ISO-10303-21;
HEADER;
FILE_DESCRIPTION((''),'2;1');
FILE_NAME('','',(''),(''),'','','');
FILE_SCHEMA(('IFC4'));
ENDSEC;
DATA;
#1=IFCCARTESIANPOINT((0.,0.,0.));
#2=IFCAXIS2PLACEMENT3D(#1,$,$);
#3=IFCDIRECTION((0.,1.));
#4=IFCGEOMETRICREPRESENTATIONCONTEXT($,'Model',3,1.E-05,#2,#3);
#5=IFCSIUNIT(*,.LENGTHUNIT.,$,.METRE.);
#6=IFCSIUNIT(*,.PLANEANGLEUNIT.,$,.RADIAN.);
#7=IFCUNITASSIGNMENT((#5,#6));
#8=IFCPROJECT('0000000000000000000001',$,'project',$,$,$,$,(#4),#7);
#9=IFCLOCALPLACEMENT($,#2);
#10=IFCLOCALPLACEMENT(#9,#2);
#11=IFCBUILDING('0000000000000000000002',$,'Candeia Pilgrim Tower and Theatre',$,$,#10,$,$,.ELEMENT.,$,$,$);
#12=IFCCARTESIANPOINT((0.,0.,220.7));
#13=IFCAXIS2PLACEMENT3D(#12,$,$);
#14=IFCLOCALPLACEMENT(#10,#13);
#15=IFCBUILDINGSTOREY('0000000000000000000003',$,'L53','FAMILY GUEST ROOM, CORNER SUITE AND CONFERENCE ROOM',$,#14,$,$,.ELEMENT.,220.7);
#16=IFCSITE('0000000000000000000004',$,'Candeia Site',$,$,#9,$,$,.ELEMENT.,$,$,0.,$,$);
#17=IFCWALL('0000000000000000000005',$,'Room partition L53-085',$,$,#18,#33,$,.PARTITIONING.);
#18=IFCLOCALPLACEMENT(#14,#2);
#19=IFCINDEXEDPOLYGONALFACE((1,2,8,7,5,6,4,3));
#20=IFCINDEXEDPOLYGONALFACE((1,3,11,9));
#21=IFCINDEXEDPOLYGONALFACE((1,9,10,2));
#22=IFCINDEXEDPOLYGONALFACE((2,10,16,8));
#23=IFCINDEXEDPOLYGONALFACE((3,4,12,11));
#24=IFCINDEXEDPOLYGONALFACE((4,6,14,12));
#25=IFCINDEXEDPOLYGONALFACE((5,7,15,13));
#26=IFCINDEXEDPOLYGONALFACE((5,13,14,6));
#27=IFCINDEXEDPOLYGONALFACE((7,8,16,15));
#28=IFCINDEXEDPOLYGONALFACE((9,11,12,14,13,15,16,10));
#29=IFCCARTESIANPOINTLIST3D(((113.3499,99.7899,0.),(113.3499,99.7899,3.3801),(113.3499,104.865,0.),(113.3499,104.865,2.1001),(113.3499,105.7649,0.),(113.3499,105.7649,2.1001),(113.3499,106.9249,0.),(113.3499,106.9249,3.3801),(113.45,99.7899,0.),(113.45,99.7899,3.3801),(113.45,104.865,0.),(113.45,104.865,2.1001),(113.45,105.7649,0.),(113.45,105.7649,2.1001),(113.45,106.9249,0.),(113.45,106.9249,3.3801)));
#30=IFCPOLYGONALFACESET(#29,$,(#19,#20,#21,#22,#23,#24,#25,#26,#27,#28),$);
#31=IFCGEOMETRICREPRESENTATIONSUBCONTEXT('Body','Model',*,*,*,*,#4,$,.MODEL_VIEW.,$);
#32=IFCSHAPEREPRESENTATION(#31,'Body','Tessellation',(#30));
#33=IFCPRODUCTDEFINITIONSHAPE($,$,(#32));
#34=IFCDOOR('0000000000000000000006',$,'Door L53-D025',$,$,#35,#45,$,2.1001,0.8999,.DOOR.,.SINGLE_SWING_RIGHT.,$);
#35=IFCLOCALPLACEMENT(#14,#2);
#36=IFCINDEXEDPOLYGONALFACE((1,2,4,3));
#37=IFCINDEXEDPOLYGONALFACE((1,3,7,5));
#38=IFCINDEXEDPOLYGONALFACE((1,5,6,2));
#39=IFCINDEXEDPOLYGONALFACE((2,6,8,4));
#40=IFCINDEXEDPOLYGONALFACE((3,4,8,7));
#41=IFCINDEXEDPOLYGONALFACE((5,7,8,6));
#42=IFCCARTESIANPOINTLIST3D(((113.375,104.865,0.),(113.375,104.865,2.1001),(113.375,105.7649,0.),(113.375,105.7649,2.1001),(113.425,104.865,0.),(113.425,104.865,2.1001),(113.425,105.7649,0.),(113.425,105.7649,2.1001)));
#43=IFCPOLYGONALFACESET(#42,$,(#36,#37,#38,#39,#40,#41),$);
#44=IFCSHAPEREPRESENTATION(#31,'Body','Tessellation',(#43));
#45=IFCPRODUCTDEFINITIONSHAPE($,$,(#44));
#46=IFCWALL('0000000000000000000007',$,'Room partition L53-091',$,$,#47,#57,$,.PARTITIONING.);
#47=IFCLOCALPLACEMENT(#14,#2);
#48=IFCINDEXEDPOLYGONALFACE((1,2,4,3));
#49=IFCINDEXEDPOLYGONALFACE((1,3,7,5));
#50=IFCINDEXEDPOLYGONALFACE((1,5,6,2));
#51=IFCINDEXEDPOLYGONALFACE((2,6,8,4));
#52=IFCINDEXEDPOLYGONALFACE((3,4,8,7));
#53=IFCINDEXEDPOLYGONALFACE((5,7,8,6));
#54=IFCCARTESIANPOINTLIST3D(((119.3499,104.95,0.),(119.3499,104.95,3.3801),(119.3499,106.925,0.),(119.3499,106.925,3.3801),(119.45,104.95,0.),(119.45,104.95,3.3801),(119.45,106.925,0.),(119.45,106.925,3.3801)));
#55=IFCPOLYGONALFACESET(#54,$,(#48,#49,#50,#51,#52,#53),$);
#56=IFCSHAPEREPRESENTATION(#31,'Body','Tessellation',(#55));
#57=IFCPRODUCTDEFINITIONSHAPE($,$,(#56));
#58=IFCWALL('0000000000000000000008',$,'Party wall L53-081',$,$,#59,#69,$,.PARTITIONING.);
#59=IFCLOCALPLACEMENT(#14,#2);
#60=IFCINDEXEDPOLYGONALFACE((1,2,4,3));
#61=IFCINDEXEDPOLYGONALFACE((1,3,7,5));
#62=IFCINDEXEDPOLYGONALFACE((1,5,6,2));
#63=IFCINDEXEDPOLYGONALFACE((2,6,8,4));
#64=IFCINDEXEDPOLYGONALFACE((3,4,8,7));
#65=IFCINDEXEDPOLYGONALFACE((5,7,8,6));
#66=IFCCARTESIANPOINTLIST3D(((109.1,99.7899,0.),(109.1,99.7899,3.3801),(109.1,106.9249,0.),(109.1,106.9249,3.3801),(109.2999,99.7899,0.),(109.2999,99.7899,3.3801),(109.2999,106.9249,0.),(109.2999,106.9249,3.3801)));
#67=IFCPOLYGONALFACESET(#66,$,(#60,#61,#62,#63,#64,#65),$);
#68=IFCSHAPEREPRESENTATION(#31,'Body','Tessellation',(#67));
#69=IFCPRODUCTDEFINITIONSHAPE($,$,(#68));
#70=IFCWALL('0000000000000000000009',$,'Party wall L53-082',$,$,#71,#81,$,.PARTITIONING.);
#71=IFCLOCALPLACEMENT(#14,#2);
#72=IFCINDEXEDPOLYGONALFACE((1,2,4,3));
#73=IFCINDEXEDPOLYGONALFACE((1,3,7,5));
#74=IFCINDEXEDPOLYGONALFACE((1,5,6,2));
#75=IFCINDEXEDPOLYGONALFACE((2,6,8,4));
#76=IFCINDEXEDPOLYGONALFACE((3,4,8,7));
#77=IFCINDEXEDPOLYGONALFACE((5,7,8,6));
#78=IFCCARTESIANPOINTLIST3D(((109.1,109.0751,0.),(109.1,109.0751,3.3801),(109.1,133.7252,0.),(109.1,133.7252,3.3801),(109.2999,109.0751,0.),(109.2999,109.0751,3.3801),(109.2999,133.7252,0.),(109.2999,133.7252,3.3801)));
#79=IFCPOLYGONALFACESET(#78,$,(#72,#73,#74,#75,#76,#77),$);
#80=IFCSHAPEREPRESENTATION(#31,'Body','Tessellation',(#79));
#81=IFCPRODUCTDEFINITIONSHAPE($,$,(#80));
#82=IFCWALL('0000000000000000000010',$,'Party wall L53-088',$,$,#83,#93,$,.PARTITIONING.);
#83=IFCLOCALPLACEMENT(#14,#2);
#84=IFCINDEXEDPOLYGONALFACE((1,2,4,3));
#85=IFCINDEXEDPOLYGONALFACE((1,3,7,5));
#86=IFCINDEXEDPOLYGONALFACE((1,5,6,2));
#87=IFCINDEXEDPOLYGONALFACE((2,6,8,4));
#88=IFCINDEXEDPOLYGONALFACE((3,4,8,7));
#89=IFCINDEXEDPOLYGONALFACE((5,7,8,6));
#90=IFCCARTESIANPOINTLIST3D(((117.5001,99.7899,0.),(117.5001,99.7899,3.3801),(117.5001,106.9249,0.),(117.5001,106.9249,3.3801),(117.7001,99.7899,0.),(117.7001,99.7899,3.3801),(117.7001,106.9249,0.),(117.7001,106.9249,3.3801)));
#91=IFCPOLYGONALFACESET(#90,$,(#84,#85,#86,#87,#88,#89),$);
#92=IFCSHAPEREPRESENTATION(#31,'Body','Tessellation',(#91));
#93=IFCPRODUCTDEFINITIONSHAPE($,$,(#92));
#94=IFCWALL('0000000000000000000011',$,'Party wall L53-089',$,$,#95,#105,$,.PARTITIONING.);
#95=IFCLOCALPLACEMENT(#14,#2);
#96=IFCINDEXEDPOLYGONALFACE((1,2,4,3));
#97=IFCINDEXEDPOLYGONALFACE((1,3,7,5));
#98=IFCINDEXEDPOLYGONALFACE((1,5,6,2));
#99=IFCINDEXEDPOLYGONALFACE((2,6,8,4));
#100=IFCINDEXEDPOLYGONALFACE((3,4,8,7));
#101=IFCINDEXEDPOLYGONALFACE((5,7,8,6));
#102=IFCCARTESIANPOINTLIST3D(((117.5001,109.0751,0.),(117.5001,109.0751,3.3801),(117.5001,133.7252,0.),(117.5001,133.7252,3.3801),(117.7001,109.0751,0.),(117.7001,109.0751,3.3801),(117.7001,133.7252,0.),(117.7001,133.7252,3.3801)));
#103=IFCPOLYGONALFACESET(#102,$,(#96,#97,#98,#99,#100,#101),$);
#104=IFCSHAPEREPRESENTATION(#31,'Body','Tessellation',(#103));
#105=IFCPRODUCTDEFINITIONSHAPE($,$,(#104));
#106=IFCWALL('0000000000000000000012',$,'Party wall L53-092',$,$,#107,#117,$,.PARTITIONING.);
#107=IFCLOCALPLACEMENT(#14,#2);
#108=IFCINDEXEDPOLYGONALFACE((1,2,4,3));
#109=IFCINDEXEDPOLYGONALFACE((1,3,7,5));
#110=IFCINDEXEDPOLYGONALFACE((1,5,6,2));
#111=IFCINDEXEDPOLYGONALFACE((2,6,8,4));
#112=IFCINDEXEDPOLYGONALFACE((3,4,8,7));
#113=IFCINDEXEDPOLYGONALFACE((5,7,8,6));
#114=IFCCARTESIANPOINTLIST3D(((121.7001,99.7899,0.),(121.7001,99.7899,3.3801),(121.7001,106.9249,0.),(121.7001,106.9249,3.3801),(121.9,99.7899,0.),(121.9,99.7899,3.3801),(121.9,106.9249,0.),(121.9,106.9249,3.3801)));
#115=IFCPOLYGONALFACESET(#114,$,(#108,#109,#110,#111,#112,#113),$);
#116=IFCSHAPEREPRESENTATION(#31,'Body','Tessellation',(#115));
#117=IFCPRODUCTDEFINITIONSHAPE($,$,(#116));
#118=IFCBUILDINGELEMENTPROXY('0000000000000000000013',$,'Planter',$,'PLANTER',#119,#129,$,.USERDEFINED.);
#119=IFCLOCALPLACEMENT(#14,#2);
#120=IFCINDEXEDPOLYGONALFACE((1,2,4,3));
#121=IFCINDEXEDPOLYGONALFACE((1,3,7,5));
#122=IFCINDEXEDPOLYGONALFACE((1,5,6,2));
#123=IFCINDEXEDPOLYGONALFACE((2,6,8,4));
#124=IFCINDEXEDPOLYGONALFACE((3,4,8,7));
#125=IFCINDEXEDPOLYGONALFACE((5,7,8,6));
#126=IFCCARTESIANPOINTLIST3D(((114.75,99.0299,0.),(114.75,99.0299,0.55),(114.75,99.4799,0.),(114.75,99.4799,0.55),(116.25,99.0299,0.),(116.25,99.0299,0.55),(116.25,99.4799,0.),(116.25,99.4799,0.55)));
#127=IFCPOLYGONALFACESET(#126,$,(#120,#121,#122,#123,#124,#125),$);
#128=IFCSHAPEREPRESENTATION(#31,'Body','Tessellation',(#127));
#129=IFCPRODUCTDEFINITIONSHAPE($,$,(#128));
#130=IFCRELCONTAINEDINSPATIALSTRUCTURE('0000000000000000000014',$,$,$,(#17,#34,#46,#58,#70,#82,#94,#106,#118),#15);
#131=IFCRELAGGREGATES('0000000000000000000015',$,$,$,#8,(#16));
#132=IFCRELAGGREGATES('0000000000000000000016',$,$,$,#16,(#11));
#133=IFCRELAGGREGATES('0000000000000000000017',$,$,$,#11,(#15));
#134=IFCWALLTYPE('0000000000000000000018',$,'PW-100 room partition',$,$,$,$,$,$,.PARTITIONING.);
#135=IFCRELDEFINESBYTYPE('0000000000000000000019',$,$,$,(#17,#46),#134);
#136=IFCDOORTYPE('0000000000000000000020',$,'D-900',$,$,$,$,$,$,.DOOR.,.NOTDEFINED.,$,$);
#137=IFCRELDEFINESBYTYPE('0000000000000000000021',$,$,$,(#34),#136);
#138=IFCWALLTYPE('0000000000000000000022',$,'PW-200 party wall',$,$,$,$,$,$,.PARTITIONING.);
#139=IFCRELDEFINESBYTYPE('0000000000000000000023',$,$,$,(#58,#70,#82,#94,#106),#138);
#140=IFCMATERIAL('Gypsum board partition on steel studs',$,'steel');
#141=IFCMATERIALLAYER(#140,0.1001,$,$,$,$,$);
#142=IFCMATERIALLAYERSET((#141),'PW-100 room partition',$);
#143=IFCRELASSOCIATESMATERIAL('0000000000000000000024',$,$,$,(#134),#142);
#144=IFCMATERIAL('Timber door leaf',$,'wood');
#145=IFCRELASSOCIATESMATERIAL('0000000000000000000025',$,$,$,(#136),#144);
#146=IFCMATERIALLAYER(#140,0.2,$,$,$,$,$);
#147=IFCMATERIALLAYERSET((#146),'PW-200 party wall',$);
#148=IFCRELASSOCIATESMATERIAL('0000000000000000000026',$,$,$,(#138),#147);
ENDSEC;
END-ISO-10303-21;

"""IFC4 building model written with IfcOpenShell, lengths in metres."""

from ifc_helpers import new_model, si_unit, direction, frame, frame_2d, origin, origin_2d, place, context, subcontext, project, spatial, rectangle, extrude, material, layer, layer_set, type_object, element, fill, save


model = new_model("IFC4")

# Units and contexts
model_context = context("Model", 3, precision=1e-05, world=origin(), true_north=direction((0.0, 1.0)))
body_context = subcontext(model_context, "Body", "Model", "MODEL_VIEW")
ifc_project = project(units=[si_unit("LENGTHUNIT", "METRE"), si_unit("PLANEANGLEUNIT", "RADIAN")], contexts=[model_context])

# Site, building, storey
site_placement = place(None, origin())
site = spatial("IfcSite", under=ifc_project, at=site_placement, Name="Candeia Site", CompositionType="ELEMENT", RefElevation=0.0)
building_placement = place(site_placement, origin())
building = spatial("IfcBuilding", under=site, at=building_placement, Name="Candeia Pilgrim Tower and Theatre", CompositionType="ELEMENT")
storey_placement = place(building_placement, frame((0.0, 0.0, 220.7)))
storey = spatial("IfcBuildingStorey", under=building, at=storey_placement, Name="L53", Description="FAMILY GUEST ROOM, CORNER SUITE AND CONFERENCE ROOM", CompositionType="ELEMENT", Elevation=220.7)

# Shared definitions
ifc_material_1 = material(Name="Gypsum board partition on steel studs", Category="steel")
ifc_layer_1 = layer(ifc_material_1, 0.1001)
ifc_layer_set_1 = layer_set([ifc_layer_1], Name="PW-100 room partition")
wall_type_1 = type_object("IfcWallType", Name="PW-100 room partition", PredefinedType="PARTITIONING", material=ifc_layer_set_1)
ifc_material_2 = material(Name="Timber door leaf", Category="wood")

# Wall, opening, door
wall_1_placement = place(storey_placement, frame((113.3999, 99.79, 0.0), z_axis=(0.0, 0.0, 1.0), x_axis=(0.0, 1.0, 0.0)))
wall_1 = element("IfcWall", 1, at=wall_1_placement, inside=storey, type_object=wall_type_1, Name="Room partition L53-085", PredefinedType="PARTITIONING", context=body_context, shape_type="SweptSolid", body=[
    extrude(rectangle(XDim=7.135, YDim=0.1001, at=frame_2d((3.5674, 0.0))), origin(), (0.0, 0.0, 1.0), 3.3801),
])
opening_1_placement = place(wall_1_placement, frame((5.075, 0.0, 0.0)))
opening_1 = element("IfcOpeningElement", 2, at=opening_1_placement, cuts=wall_1, PredefinedType="OPENING", context=body_context, shape_type="SweptSolid", body=[
    extrude(rectangle(XDim=0.8999, YDim=2.1001, at=frame_2d((0.45, 1.05))), frame((0.0, 0.0601, 0.0), z_axis=(0.0, -1.0, 0.0), x_axis=(1.0, 0.0, 0.0)), (0.0, 0.0, 1.0), 0.1201),
])
door_type_1 = type_object("IfcDoorType", Name="D-900", OperationType="NOTDEFINED", PredefinedType="DOOR", material=ifc_material_2)
door_1_placement = place(opening_1_placement, origin())
door_1 = element("IfcDoor", 3, at=door_1_placement, inside=storey, type_object=door_type_1, Name="Door L53-D025", OperationType="SINGLE_SWING_RIGHT", OverallHeight=2.1001, OverallWidth=0.8999, PredefinedType="DOOR", context=body_context, shape_type="SweptSolid", body=[
    extrude(rectangle(XDim=0.8999, YDim=2.1001, at=frame_2d((0.45, 1.05))), frame((0.0, 0.0249, 0.0), z_axis=(0.0, -1.0, 0.0), x_axis=(1.0, 0.0, 0.0)), (0.0, 0.0, 1.0), 0.05),
])
fill(opening_1, door_1)

# Walls
wall_2_placement = place(storey_placement, frame((119.3999, 104.95, 0.0), z_axis=(0.0, 0.0, 1.0), x_axis=(0.0, 1.0, 0.0)))
element("IfcWall", 4, at=wall_2_placement, inside=storey, type_object=wall_type_1, Name="Room partition L53-091", PredefinedType="PARTITIONING", context=body_context, shape_type="SweptSolid", body=[
    extrude(rectangle(XDim=1.9751, YDim=0.1001, at=frame_2d((0.9875, 0.0))), origin(), (0.0, 0.0, 1.0), 3.3801),
])
ifc_layer_2 = layer(ifc_material_1, 0.2)
ifc_layer_set_2 = layer_set([ifc_layer_2], Name="PW-200 party wall")
wall_type_2 = type_object("IfcWallType", Name="PW-200 party wall", PredefinedType="PARTITIONING", material=ifc_layer_set_2)
wall_3_placement = place(storey_placement, frame((109.2, 99.79, 0.0), z_axis=(0.0, 0.0, 1.0), x_axis=(0.0, 1.0, 0.0)))
element("IfcWall", 5, at=wall_3_placement, inside=storey, type_object=wall_type_2, Name="Party wall L53-081", PredefinedType="PARTITIONING", context=body_context, shape_type="SweptSolid", body=[
    extrude(rectangle(XDim=7.135, YDim=0.2, at=frame_2d((3.5674, 0.0))), origin(), (0.0, 0.0, 1.0), 3.3801),
])
wall_4_placement = place(storey_placement, frame((109.2, 109.075, 0.0), z_axis=(0.0, 0.0, 1.0), x_axis=(0.0, 1.0, 0.0)))
element("IfcWall", 6, at=wall_4_placement, inside=storey, type_object=wall_type_2, Name="Party wall L53-082", PredefinedType="PARTITIONING", context=body_context, shape_type="SweptSolid", body=[
    extrude(rectangle(XDim=24.6501, YDim=0.2, at=frame_2d((12.3252, 0.0))), origin(), (0.0, 0.0, 1.0), 3.3801),
])
wall_5_placement = place(storey_placement, frame((117.6001, 99.79, 0.0), z_axis=(0.0, 0.0, 1.0), x_axis=(0.0, 1.0, 0.0)))
element("IfcWall", 7, at=wall_5_placement, inside=storey, type_object=wall_type_2, Name="Party wall L53-088", PredefinedType="PARTITIONING", context=body_context, shape_type="SweptSolid", body=[
    extrude(rectangle(XDim=7.135, YDim=0.2, at=frame_2d((3.5674, 0.0))), origin(), (0.0, 0.0, 1.0), 3.3801),
])
wall_6_placement = place(storey_placement, frame((117.6001, 109.075, 0.0), z_axis=(0.0, 0.0, 1.0), x_axis=(0.0, 1.0, 0.0)))
element("IfcWall", 8, at=wall_6_placement, inside=storey, type_object=wall_type_2, Name="Party wall L53-089", PredefinedType="PARTITIONING", context=body_context, shape_type="SweptSolid", body=[
    extrude(rectangle(XDim=24.6501, YDim=0.2, at=frame_2d((12.3252, 0.0))), origin(), (0.0, 0.0, 1.0), 3.3801),
])
wall_7_placement = place(storey_placement, frame((121.8, 99.79, 0.0), z_axis=(0.0, 0.0, 1.0), x_axis=(0.0, 1.0, 0.0)))
element("IfcWall", 9, at=wall_7_placement, inside=storey, type_object=wall_type_2, Name="Party wall L53-092", PredefinedType="PARTITIONING", context=body_context, shape_type="SweptSolid", body=[
    extrude(rectangle(XDim=7.135, YDim=0.2, at=frame_2d((3.5674, 0.0))), origin(), (0.0, 0.0, 1.0), 3.3801),
])

# Building element proxy
proxy_placement = place(storey_placement, frame((115.5, 99.2549, 0.0), z_axis=(0.0, 0.0, 1.0), x_axis=(1.0, 0.0, 0.0)))
element("IfcBuildingElementProxy", 10, at=proxy_placement, inside=storey, Name="Planter", ObjectType="PLANTER", PredefinedType="USERDEFINED", context=body_context, shape_type="SweptSolid", body=[
    extrude(rectangle(XDim=1.5, YDim=0.45, at=origin_2d()), origin(), (0.0, 0.0, 1.0), 0.55),
])

save(model, "model.ifc")
